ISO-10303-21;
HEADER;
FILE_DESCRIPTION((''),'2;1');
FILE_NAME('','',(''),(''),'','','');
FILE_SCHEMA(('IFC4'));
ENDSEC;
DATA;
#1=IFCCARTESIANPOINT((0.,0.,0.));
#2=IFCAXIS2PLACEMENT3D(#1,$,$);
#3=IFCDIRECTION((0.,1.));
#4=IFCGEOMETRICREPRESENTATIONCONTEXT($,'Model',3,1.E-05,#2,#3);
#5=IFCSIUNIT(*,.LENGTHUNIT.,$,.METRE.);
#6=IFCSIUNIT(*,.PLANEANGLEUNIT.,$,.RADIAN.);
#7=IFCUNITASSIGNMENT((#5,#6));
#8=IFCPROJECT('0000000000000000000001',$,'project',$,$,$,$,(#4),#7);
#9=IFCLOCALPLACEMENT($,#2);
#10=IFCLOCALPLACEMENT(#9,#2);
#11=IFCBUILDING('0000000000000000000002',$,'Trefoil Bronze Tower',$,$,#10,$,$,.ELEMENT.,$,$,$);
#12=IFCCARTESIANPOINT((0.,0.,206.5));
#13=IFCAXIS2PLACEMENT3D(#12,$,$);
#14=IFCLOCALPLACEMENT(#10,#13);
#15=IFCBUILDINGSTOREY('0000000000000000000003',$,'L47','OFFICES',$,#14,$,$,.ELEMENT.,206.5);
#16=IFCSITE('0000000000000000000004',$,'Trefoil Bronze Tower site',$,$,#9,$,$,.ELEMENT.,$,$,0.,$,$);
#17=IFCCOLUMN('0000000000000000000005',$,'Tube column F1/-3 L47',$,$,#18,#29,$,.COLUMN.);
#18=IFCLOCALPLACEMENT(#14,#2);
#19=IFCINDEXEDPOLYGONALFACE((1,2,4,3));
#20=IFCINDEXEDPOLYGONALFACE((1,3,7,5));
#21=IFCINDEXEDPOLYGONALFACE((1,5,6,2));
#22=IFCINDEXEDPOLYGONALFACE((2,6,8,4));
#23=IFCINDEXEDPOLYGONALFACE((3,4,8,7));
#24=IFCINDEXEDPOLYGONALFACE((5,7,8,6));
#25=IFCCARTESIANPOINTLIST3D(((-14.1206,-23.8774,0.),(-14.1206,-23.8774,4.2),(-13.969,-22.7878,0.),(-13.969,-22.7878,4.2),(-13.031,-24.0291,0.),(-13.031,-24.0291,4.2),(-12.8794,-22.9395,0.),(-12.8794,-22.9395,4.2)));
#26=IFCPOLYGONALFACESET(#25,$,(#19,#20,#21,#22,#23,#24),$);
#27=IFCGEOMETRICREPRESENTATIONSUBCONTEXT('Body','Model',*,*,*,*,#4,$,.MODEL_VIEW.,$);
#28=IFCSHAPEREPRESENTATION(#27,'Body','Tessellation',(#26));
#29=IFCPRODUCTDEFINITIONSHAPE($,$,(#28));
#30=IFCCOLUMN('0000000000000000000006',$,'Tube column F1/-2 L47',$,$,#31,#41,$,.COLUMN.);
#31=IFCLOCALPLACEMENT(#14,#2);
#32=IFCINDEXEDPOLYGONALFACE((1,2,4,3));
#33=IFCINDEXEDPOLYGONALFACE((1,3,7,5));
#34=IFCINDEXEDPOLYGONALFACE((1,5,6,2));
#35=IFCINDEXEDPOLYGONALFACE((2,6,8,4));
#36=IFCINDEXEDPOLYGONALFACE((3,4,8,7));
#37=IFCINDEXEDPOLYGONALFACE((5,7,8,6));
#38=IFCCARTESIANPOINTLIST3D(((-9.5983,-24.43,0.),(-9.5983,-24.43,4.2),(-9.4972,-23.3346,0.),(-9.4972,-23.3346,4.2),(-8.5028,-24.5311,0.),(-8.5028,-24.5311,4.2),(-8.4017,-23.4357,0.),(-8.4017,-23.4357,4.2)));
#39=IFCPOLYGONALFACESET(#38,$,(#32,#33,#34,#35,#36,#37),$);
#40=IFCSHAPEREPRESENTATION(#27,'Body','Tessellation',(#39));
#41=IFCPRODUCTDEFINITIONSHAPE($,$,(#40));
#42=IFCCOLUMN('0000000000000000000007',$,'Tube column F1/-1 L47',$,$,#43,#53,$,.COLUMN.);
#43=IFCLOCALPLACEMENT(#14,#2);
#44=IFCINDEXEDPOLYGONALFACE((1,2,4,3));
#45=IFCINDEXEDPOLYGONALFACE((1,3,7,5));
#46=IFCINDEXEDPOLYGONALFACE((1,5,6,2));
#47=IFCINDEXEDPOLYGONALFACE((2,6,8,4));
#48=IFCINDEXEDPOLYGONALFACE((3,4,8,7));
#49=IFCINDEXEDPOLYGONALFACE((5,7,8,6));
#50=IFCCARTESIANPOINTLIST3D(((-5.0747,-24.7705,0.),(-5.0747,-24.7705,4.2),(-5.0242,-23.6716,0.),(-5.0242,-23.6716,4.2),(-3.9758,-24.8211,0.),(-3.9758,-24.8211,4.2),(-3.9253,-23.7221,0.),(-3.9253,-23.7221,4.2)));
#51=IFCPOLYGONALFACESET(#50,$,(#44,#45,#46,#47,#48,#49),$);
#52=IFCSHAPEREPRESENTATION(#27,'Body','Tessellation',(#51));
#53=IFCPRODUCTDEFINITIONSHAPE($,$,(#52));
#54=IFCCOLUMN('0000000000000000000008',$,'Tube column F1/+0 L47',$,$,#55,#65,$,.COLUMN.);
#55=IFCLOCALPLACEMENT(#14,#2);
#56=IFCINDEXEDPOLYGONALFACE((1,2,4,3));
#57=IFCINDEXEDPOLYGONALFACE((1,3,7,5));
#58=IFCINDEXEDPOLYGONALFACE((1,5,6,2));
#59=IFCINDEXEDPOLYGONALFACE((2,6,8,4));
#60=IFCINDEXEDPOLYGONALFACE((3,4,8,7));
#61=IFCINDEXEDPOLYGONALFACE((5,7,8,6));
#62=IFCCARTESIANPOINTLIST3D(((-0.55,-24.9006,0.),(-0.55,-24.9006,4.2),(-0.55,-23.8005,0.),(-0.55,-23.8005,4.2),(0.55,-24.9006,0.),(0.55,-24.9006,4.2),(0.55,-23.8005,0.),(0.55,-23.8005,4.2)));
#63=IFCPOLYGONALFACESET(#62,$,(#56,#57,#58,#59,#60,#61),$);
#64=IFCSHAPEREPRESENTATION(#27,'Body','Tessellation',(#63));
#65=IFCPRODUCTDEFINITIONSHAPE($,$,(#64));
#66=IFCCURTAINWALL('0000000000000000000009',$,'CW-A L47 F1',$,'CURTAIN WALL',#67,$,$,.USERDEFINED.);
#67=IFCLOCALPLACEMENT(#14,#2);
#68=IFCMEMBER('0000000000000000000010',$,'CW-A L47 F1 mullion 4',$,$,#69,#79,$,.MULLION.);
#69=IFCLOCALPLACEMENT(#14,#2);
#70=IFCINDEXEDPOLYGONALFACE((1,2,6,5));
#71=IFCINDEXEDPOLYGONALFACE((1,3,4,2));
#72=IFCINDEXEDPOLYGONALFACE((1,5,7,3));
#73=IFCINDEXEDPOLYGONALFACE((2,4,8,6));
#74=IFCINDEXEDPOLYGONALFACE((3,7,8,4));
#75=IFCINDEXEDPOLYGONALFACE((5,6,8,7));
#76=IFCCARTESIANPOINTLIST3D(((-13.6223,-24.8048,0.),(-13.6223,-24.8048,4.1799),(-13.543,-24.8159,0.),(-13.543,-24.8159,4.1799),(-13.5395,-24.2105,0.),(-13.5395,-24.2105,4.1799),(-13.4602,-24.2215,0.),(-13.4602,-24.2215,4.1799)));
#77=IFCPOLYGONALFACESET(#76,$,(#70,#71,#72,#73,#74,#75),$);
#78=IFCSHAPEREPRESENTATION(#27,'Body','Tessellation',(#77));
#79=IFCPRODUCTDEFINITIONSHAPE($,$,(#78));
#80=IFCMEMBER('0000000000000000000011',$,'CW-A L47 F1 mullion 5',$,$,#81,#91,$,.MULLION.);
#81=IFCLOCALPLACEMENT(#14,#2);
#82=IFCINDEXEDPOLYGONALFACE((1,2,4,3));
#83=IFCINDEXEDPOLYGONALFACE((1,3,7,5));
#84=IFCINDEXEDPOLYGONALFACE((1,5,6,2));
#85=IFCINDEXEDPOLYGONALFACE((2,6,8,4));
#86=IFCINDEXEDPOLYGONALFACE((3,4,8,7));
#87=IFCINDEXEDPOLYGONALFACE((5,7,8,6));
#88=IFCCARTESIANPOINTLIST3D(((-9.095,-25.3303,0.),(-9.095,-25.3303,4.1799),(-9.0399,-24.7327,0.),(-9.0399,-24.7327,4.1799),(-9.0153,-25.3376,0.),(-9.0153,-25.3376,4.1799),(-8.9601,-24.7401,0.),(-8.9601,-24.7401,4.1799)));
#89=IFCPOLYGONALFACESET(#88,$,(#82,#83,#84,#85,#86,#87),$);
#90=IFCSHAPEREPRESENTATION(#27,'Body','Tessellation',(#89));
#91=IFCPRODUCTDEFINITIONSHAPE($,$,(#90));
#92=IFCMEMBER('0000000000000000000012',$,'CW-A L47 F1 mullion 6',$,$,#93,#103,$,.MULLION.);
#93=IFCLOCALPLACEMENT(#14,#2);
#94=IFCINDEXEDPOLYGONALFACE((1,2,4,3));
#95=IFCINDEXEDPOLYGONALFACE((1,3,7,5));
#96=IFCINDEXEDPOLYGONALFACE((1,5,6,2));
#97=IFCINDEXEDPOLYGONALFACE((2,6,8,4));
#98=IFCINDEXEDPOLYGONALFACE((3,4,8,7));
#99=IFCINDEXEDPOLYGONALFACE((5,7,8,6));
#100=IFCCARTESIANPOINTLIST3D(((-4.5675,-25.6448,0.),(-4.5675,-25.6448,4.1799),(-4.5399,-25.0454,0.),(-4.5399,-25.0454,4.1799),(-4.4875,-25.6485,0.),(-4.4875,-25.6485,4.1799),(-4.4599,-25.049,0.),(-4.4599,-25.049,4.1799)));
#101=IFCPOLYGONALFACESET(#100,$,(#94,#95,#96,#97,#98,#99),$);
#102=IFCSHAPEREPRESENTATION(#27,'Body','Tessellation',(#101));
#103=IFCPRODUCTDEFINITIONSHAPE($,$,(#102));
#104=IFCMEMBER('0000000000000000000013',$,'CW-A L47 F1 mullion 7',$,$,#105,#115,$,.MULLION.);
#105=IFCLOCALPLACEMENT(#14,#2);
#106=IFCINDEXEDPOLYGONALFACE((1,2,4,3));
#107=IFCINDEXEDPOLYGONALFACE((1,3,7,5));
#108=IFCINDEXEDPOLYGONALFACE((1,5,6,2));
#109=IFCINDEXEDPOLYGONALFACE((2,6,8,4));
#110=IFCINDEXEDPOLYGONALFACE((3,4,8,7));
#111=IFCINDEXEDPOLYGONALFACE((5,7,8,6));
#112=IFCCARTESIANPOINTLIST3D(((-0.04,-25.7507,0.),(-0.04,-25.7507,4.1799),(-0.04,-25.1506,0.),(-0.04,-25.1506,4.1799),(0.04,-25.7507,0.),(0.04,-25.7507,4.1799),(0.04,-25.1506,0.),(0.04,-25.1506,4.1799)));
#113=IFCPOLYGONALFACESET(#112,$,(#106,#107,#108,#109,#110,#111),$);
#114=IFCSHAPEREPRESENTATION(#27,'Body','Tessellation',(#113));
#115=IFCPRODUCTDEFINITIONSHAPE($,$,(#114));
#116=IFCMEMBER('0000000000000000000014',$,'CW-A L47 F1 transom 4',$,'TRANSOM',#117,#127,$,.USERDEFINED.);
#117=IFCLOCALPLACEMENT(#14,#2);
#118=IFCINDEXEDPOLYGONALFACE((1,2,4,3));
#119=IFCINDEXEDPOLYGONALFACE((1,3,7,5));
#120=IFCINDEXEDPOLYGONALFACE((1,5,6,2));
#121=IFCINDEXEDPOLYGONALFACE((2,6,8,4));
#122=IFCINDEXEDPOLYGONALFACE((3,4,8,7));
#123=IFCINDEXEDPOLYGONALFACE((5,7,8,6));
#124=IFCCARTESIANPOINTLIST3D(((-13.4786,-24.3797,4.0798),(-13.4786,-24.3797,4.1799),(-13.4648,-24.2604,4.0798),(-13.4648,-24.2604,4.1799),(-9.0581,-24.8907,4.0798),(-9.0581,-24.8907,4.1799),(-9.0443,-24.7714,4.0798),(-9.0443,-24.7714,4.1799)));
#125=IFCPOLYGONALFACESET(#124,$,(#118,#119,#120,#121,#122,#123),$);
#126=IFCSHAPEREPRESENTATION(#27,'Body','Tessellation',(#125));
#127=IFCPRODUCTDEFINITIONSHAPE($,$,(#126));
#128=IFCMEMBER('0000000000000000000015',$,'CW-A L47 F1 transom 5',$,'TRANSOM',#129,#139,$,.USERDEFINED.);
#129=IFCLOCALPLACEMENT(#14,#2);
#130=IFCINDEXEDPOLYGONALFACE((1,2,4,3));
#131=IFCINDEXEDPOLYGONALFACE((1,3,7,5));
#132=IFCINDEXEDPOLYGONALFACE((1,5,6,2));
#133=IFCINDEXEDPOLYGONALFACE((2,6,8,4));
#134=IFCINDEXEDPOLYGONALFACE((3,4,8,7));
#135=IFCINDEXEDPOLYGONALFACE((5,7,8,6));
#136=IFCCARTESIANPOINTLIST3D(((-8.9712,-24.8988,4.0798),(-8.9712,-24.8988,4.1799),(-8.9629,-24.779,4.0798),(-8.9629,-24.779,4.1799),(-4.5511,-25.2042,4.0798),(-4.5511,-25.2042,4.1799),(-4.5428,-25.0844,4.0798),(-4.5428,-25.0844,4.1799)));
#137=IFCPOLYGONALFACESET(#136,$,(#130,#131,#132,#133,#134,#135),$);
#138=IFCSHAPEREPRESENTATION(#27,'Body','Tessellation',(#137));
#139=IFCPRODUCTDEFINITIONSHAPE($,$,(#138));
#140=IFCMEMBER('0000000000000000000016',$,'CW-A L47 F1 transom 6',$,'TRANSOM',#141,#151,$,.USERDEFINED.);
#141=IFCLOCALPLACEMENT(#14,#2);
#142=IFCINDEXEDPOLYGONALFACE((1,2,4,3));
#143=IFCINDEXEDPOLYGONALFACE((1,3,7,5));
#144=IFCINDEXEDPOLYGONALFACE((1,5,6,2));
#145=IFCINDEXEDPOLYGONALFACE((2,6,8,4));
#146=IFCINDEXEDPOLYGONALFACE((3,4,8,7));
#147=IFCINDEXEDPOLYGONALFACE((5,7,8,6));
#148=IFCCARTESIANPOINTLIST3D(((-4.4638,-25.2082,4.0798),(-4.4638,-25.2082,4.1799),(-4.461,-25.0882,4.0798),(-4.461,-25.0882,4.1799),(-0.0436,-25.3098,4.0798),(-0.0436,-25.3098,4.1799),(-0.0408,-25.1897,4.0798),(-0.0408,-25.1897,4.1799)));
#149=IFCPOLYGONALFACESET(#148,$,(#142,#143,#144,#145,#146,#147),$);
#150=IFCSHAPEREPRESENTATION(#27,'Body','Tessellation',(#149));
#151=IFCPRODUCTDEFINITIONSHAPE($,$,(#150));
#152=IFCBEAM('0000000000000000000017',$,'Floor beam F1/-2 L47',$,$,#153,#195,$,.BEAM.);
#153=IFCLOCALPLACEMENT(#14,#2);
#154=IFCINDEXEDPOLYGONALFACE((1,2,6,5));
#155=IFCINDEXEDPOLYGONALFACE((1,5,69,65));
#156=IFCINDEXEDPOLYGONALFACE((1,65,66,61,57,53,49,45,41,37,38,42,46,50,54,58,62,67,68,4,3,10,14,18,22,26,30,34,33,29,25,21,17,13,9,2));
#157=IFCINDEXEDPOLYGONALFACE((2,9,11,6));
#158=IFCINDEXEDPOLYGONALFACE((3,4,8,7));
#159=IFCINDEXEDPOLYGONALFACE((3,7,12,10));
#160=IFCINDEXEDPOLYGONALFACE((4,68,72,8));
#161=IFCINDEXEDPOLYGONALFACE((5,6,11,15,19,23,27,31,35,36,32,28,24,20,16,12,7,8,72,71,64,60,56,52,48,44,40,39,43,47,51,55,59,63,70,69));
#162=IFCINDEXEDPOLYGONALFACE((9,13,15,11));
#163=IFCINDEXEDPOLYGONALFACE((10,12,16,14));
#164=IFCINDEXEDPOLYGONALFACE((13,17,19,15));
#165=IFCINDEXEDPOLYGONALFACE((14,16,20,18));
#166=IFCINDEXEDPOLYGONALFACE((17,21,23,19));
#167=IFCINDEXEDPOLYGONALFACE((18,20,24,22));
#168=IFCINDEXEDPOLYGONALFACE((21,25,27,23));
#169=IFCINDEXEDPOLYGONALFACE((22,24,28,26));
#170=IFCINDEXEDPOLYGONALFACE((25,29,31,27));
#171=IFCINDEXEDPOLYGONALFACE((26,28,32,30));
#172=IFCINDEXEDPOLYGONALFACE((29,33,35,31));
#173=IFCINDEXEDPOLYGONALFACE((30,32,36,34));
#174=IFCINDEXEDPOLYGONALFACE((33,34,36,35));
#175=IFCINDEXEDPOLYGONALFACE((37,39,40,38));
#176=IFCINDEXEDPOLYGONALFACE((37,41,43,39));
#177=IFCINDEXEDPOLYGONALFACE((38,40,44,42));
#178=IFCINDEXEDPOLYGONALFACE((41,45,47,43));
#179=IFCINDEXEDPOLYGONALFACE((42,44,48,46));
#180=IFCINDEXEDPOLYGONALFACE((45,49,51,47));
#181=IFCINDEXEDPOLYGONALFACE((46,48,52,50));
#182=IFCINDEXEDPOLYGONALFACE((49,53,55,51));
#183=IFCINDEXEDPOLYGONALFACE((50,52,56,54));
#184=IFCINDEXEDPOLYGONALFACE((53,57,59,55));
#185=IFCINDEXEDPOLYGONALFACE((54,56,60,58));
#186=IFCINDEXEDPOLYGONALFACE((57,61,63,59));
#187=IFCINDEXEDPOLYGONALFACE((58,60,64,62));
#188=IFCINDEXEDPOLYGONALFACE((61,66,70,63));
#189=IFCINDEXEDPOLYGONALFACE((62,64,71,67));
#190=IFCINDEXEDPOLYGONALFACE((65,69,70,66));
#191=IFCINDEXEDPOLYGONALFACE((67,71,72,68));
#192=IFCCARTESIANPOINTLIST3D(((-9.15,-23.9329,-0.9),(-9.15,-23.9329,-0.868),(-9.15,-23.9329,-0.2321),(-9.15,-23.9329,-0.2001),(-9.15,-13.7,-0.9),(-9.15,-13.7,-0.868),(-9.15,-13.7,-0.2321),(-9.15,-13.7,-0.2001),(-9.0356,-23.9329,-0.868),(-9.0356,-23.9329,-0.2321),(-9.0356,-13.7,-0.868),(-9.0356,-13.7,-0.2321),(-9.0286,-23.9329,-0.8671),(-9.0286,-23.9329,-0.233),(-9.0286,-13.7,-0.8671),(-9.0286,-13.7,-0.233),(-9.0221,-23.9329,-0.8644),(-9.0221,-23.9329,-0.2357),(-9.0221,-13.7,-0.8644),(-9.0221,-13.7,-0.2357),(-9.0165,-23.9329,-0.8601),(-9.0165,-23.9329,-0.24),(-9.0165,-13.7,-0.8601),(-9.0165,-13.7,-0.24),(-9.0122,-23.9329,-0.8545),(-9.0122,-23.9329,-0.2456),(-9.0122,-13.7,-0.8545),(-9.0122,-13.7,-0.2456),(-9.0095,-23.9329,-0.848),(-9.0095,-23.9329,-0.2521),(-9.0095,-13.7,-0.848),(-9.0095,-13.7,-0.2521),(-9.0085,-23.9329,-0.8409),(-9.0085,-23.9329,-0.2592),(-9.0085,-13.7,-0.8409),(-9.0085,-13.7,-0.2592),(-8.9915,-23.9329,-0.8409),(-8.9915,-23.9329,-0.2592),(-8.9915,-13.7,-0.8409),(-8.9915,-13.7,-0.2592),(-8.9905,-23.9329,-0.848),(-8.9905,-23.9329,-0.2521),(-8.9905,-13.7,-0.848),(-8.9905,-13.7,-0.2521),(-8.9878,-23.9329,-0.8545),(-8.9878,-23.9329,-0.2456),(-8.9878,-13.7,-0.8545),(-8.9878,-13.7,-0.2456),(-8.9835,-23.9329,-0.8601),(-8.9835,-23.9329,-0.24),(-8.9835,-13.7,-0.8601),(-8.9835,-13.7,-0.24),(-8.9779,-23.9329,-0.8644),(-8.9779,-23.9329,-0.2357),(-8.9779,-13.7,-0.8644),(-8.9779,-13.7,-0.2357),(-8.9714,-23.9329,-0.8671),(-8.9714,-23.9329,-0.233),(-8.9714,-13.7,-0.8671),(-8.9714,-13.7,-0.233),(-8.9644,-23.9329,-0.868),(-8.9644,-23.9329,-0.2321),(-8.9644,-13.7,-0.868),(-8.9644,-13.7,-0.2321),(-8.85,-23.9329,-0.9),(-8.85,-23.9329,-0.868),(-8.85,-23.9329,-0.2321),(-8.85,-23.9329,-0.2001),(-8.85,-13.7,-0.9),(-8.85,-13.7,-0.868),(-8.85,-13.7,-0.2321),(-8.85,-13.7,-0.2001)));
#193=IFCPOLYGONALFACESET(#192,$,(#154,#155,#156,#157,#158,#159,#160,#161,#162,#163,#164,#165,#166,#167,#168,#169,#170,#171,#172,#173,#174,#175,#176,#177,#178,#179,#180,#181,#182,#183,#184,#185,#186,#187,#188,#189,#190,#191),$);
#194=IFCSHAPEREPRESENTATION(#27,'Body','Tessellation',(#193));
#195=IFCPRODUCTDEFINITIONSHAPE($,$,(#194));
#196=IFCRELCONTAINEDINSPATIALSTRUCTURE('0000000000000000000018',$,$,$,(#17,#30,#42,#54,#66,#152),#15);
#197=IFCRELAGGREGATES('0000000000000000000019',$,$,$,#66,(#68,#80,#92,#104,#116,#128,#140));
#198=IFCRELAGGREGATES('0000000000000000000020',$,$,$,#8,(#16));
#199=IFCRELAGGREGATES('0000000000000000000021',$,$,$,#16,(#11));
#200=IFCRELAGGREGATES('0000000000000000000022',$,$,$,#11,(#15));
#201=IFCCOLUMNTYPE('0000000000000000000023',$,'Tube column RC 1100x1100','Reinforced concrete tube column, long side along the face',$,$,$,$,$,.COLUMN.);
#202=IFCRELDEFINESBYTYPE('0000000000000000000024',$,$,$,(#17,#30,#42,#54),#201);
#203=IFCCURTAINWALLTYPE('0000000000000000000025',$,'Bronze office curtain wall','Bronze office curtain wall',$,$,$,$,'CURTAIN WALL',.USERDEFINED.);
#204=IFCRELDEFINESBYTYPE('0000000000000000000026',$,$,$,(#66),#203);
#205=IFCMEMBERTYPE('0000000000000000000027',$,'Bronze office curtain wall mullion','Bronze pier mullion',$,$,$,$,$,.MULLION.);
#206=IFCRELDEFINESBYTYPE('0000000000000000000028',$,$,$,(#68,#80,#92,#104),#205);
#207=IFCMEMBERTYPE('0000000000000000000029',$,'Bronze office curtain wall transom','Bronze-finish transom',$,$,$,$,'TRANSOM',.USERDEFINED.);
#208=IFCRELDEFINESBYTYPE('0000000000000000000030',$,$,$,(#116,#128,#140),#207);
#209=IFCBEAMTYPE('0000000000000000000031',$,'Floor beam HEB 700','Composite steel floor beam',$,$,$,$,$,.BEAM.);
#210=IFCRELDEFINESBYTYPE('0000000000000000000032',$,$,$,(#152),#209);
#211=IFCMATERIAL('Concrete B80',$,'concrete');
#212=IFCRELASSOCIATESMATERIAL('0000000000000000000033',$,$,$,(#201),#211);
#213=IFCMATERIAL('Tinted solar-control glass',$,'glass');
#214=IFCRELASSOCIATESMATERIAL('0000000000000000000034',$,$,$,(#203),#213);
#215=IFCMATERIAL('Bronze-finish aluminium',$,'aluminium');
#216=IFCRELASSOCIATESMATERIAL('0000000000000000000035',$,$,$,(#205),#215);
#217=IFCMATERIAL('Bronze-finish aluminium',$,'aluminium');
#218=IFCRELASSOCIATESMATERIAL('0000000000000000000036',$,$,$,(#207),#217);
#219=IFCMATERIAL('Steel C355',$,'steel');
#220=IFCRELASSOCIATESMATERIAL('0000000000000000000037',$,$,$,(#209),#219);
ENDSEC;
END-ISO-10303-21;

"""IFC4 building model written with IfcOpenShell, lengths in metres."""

from ifc_helpers import new_model, si_unit, direction, frame, origin, origin_2d, place, context, subcontext, project, spatial, rectangle, i_section, extrude, material, material_profile, profile_set, type_object, element, aggregate, save


model = new_model("IFC4")

# Units and contexts
model_context = context("Model", 3, precision=1e-05, world=origin(), true_north=direction((0.0, 1.0)))
body_context = subcontext(model_context, "Body", "Model", "MODEL_VIEW")
ifc_project = project(units=[si_unit("LENGTHUNIT", "METRE"), si_unit("PLANEANGLEUNIT", "RADIAN")], contexts=[model_context])

# Site, building, storey
site_placement = place(None, origin())
site = spatial("IfcSite", under=ifc_project, at=site_placement, Name="Trefoil Bronze Tower site", CompositionType="ELEMENT", RefElevation=0.0)
building_placement = place(site_placement, origin())
building = spatial("IfcBuilding", under=site, at=building_placement, Name="Trefoil Bronze Tower", CompositionType="ELEMENT")
storey_placement = place(building_placement, frame((0.0, 0.0, 206.5)))
storey = spatial("IfcBuildingStorey", under=building, at=storey_placement, Name="L47", Description="OFFICES", CompositionType="ELEMENT", Elevation=206.5)

# Columns
ifc_material_1 = material(Name="Concrete B80", Category="concrete")
ifc_material_profile_1 = material_profile(ifc_material_1, rectangle(XDim=1.1001, YDim=1.1001, at=origin_2d()), Name="RC 1100x1100")
ifc_profile_set_1 = profile_set([ifc_material_profile_1], Name="Concrete B80")
column_type = type_object("IfcColumnType", Name="Tube column RC 1100x1100", Description="Reinforced concrete tube column, long side along the face", PredefinedType="COLUMN", material=ifc_profile_set_1)
for number, where, z_axis, x_axis, name in (
    (1, (-13.5, -23.4084, 0.0), (0.0, 0.0, 1.0), (0.990451, -0.137868, 0.0), "Tube column F1/-3 L47"),
    (2, (-9.0, -23.9329, 0.0), (0.0, 0.0, 1.0), (0.995767, -0.091911, 0.0), "Tube column F1/-2 L47"),
    (3, (-4.5, -24.2463, 0.0), (0.0, 0.0, 1.0), (0.998943, -0.045956, 0.0), "Tube column F1/-1 L47"),
    (4, (0.0, -24.3506, 0.0), (0.0, 0.0, 1.0), (1.0, 0.0, 0.0), "Tube column F1/+0 L47"),
):
    element("IfcColumn", number, at=place(storey_placement, frame(where, z_axis=z_axis, x_axis=x_axis)), inside=storey, type_object=column_type, Name=name, PredefinedType="COLUMN", context=body_context, shape_type="SweptSolid", body=[
        extrude(rectangle(XDim=1.1001, YDim=1.1001, at=origin_2d()), origin(), (0.0, 0.0, 1.0), 4.2),
    ])

# Curtain wall, members
ifc_material_2 = material(Name="Tinted solar-control glass", Category="glass")
curtain_wall_type = type_object("IfcCurtainWallType", Name="Bronze office curtain wall", Description="Bronze office curtain wall", ElementType="CURTAIN WALL", PredefinedType="USERDEFINED", material=ifc_material_2)
curtain_wall_placement = place(storey_placement, origin())
curtain_wall = element("IfcCurtainWall", 5, at=curtain_wall_placement, inside=storey, type_object=curtain_wall_type, Name="CW-A L47 F1", ObjectType="CURTAIN WALL", PredefinedType="USERDEFINED")
ifc_material_3 = material(Name="Bronze-finish aluminium", Category="aluminium")
ifc_material_profile_2 = material_profile(ifc_material_3, rectangle(XDim=0.6001, YDim=0.0801, at=origin_2d()), Name="CW-A mullion")
ifc_profile_set_2 = profile_set([ifc_material_profile_2], Name="Bronze-finish aluminium")
member_type_1 = type_object("IfcMemberType", Name="Bronze office curtain wall mullion", Description="Bronze pier mullion", PredefinedType="MULLION", material=ifc_profile_set_2)
member_1_placement = place(storey_placement, frame((-13.5413, -24.5132, 0.0), z_axis=(0.0, 0.0, 1.0), x_axis=(0.137868, 0.990451, 0.0)))
member_1 = element("IfcMember", 6, at=member_1_placement, type_object=member_type_1, Name="CW-A L47 F1 mullion 4", PredefinedType="MULLION", context=body_context, shape_type="SweptSolid", body=[
    extrude(rectangle(XDim=0.6001, YDim=0.0801, at=origin_2d()), origin(), (0.0, 0.0, 1.0), 4.1799),
])
member_2_placement = place(storey_placement, frame((-9.0276, -25.0352, 0.0), z_axis=(0.0, 0.0, 1.0), x_axis=(0.091911, 0.995767, 0.0)))
member_2 = element("IfcMember", 7, at=member_2_placement, type_object=member_type_1, Name="CW-A L47 F1 mullion 5", PredefinedType="MULLION", context=body_context, shape_type="SweptSolid", body=[
    extrude(rectangle(XDim=0.6001, YDim=0.0801, at=origin_2d()), origin(), (0.0, 0.0, 1.0), 4.1799),
])
member_3_placement = place(storey_placement, frame((-4.5137, -25.3469, 0.0), z_axis=(0.0, 0.0, 1.0), x_axis=(0.045956, 0.998943, 0.0)))
member_3 = element("IfcMember", 8, at=member_3_placement, type_object=member_type_1, Name="CW-A L47 F1 mullion 6", PredefinedType="MULLION", context=body_context, shape_type="SweptSolid", body=[
    extrude(rectangle(XDim=0.6001, YDim=0.0801, at=origin_2d()), origin(), (0.0, 0.0, 1.0), 4.1799),
])
member_4_placement = place(storey_placement, frame((0.0, -25.4507, 0.0), z_axis=(0.0, 0.0, 1.0), x_axis=(0.0, 1.0, 0.0)))
member_4 = element("IfcMember", 9, at=member_4_placement, type_object=member_type_1, Name="CW-A L47 F1 mullion 7", PredefinedType="MULLION", context=body_context, shape_type="SweptSolid", body=[
    extrude(rectangle(XDim=0.6001, YDim=0.0801, at=origin_2d()), origin(), (0.0, 0.0, 1.0), 4.1799),
])
ifc_material_4 = material(Name="Bronze-finish aluminium", Category="aluminium")
ifc_material_profile_3 = material_profile(ifc_material_4, rectangle(XDim=0.1201, YDim=0.1001, at=origin_2d()), Name="CW-A transom")
ifc_profile_set_3 = profile_set([ifc_material_profile_3], Name="Bronze-finish aluminium")
member_type_2 = type_object("IfcMemberType", Name="Bronze office curtain wall transom", Description="Bronze-finish transom", ElementType="TRANSOM", PredefinedType="USERDEFINED", material=ifc_profile_set_3)
member_5_placement = place(storey_placement, frame((-13.4717, -24.3201, 4.1299), z_axis=(0.993385, -0.114832, 0.0), x_axis=(0.114832, 0.993385, 0.0)))
member_5 = element("IfcMember", 10, at=member_5_placement, type_object=member_type_2, Name="CW-A L47 F1 transom 4", ObjectType="TRANSOM", PredefinedType="USERDEFINED", context=body_context, shape_type="SweptSolid", body=[
    extrude(rectangle(XDim=0.1201, YDim=0.1001, at=origin_2d()), origin(), (0.0, 0.0, 1.0), 4.45),
])
member_6_placement = place(storey_placement, frame((-8.967, -24.8389, 4.1299), z_axis=(0.997621, -0.068933, 0.0), x_axis=(0.068933, 0.997621, 0.0)))
member_6 = element("IfcMember", 11, at=member_6_placement, type_object=member_type_2, Name="CW-A L47 F1 transom 5", ObjectType="TRANSOM", PredefinedType="USERDEFINED", context=body_context, shape_type="SweptSolid", body=[
    extrude(rectangle(XDim=0.1201, YDim=0.1001, at=origin_2d()), origin(), (0.0, 0.0, 1.0), 4.4307),
])
member_7_placement = place(storey_placement, frame((-4.4624, -25.1482, 4.1299), z_axis=(0.999736, -0.022971, 0.0), x_axis=(0.022971, 0.999736, 0.0)))
member_7 = element("IfcMember", 12, at=member_7_placement, type_object=member_type_2, Name="CW-A L47 F1 transom 6", ObjectType="TRANSOM", PredefinedType="USERDEFINED", context=body_context, shape_type="SweptSolid", body=[
    extrude(rectangle(XDim=0.1201, YDim=0.1001, at=origin_2d()), origin(), (0.0, 0.0, 1.0), 4.4214),
])

# Beam
ifc_material_5 = material(Name="Steel C355", Category="steel")
ifc_material_profile_4 = material_profile(ifc_material_5, i_section(OverallWidth=0.3, OverallDepth=0.7, WebThickness=0.0171, FlangeThickness=0.032, FilletRadius=0.0271, at=origin_2d()), Name="HEB 700")
ifc_profile_set_4 = profile_set([ifc_material_profile_4], Name="Steel C355")
beam_type_1 = type_object("IfcBeamType", Name="Floor beam HEB 700", Description="Composite steel floor beam", PredefinedType="BEAM", material=ifc_profile_set_4)
beam_1_placement = place(storey_placement, frame((-9.0, -23.9329, -0.55), z_axis=(0.0, 1.0, 0.0), x_axis=(-1.0, 0.0, 0.0)))
element("IfcBeam", 13, at=beam_1_placement, inside=storey, type_object=beam_type_1, Name="Floor beam F1/-2 L47", PredefinedType="BEAM", context=body_context, shape_type="SweptSolid", body=[
    extrude(i_section(OverallWidth=0.3, OverallDepth=0.7, WebThickness=0.0171, FlangeThickness=0.032, FilletRadius=0.0271, at=origin_2d()), origin(), (0.0, 0.0, 1.0), 10.2329),
])

aggregate(curtain_wall, [member_1, member_2, member_3, member_4, member_5, member_6, member_7])

save(model, "model.ifc")
